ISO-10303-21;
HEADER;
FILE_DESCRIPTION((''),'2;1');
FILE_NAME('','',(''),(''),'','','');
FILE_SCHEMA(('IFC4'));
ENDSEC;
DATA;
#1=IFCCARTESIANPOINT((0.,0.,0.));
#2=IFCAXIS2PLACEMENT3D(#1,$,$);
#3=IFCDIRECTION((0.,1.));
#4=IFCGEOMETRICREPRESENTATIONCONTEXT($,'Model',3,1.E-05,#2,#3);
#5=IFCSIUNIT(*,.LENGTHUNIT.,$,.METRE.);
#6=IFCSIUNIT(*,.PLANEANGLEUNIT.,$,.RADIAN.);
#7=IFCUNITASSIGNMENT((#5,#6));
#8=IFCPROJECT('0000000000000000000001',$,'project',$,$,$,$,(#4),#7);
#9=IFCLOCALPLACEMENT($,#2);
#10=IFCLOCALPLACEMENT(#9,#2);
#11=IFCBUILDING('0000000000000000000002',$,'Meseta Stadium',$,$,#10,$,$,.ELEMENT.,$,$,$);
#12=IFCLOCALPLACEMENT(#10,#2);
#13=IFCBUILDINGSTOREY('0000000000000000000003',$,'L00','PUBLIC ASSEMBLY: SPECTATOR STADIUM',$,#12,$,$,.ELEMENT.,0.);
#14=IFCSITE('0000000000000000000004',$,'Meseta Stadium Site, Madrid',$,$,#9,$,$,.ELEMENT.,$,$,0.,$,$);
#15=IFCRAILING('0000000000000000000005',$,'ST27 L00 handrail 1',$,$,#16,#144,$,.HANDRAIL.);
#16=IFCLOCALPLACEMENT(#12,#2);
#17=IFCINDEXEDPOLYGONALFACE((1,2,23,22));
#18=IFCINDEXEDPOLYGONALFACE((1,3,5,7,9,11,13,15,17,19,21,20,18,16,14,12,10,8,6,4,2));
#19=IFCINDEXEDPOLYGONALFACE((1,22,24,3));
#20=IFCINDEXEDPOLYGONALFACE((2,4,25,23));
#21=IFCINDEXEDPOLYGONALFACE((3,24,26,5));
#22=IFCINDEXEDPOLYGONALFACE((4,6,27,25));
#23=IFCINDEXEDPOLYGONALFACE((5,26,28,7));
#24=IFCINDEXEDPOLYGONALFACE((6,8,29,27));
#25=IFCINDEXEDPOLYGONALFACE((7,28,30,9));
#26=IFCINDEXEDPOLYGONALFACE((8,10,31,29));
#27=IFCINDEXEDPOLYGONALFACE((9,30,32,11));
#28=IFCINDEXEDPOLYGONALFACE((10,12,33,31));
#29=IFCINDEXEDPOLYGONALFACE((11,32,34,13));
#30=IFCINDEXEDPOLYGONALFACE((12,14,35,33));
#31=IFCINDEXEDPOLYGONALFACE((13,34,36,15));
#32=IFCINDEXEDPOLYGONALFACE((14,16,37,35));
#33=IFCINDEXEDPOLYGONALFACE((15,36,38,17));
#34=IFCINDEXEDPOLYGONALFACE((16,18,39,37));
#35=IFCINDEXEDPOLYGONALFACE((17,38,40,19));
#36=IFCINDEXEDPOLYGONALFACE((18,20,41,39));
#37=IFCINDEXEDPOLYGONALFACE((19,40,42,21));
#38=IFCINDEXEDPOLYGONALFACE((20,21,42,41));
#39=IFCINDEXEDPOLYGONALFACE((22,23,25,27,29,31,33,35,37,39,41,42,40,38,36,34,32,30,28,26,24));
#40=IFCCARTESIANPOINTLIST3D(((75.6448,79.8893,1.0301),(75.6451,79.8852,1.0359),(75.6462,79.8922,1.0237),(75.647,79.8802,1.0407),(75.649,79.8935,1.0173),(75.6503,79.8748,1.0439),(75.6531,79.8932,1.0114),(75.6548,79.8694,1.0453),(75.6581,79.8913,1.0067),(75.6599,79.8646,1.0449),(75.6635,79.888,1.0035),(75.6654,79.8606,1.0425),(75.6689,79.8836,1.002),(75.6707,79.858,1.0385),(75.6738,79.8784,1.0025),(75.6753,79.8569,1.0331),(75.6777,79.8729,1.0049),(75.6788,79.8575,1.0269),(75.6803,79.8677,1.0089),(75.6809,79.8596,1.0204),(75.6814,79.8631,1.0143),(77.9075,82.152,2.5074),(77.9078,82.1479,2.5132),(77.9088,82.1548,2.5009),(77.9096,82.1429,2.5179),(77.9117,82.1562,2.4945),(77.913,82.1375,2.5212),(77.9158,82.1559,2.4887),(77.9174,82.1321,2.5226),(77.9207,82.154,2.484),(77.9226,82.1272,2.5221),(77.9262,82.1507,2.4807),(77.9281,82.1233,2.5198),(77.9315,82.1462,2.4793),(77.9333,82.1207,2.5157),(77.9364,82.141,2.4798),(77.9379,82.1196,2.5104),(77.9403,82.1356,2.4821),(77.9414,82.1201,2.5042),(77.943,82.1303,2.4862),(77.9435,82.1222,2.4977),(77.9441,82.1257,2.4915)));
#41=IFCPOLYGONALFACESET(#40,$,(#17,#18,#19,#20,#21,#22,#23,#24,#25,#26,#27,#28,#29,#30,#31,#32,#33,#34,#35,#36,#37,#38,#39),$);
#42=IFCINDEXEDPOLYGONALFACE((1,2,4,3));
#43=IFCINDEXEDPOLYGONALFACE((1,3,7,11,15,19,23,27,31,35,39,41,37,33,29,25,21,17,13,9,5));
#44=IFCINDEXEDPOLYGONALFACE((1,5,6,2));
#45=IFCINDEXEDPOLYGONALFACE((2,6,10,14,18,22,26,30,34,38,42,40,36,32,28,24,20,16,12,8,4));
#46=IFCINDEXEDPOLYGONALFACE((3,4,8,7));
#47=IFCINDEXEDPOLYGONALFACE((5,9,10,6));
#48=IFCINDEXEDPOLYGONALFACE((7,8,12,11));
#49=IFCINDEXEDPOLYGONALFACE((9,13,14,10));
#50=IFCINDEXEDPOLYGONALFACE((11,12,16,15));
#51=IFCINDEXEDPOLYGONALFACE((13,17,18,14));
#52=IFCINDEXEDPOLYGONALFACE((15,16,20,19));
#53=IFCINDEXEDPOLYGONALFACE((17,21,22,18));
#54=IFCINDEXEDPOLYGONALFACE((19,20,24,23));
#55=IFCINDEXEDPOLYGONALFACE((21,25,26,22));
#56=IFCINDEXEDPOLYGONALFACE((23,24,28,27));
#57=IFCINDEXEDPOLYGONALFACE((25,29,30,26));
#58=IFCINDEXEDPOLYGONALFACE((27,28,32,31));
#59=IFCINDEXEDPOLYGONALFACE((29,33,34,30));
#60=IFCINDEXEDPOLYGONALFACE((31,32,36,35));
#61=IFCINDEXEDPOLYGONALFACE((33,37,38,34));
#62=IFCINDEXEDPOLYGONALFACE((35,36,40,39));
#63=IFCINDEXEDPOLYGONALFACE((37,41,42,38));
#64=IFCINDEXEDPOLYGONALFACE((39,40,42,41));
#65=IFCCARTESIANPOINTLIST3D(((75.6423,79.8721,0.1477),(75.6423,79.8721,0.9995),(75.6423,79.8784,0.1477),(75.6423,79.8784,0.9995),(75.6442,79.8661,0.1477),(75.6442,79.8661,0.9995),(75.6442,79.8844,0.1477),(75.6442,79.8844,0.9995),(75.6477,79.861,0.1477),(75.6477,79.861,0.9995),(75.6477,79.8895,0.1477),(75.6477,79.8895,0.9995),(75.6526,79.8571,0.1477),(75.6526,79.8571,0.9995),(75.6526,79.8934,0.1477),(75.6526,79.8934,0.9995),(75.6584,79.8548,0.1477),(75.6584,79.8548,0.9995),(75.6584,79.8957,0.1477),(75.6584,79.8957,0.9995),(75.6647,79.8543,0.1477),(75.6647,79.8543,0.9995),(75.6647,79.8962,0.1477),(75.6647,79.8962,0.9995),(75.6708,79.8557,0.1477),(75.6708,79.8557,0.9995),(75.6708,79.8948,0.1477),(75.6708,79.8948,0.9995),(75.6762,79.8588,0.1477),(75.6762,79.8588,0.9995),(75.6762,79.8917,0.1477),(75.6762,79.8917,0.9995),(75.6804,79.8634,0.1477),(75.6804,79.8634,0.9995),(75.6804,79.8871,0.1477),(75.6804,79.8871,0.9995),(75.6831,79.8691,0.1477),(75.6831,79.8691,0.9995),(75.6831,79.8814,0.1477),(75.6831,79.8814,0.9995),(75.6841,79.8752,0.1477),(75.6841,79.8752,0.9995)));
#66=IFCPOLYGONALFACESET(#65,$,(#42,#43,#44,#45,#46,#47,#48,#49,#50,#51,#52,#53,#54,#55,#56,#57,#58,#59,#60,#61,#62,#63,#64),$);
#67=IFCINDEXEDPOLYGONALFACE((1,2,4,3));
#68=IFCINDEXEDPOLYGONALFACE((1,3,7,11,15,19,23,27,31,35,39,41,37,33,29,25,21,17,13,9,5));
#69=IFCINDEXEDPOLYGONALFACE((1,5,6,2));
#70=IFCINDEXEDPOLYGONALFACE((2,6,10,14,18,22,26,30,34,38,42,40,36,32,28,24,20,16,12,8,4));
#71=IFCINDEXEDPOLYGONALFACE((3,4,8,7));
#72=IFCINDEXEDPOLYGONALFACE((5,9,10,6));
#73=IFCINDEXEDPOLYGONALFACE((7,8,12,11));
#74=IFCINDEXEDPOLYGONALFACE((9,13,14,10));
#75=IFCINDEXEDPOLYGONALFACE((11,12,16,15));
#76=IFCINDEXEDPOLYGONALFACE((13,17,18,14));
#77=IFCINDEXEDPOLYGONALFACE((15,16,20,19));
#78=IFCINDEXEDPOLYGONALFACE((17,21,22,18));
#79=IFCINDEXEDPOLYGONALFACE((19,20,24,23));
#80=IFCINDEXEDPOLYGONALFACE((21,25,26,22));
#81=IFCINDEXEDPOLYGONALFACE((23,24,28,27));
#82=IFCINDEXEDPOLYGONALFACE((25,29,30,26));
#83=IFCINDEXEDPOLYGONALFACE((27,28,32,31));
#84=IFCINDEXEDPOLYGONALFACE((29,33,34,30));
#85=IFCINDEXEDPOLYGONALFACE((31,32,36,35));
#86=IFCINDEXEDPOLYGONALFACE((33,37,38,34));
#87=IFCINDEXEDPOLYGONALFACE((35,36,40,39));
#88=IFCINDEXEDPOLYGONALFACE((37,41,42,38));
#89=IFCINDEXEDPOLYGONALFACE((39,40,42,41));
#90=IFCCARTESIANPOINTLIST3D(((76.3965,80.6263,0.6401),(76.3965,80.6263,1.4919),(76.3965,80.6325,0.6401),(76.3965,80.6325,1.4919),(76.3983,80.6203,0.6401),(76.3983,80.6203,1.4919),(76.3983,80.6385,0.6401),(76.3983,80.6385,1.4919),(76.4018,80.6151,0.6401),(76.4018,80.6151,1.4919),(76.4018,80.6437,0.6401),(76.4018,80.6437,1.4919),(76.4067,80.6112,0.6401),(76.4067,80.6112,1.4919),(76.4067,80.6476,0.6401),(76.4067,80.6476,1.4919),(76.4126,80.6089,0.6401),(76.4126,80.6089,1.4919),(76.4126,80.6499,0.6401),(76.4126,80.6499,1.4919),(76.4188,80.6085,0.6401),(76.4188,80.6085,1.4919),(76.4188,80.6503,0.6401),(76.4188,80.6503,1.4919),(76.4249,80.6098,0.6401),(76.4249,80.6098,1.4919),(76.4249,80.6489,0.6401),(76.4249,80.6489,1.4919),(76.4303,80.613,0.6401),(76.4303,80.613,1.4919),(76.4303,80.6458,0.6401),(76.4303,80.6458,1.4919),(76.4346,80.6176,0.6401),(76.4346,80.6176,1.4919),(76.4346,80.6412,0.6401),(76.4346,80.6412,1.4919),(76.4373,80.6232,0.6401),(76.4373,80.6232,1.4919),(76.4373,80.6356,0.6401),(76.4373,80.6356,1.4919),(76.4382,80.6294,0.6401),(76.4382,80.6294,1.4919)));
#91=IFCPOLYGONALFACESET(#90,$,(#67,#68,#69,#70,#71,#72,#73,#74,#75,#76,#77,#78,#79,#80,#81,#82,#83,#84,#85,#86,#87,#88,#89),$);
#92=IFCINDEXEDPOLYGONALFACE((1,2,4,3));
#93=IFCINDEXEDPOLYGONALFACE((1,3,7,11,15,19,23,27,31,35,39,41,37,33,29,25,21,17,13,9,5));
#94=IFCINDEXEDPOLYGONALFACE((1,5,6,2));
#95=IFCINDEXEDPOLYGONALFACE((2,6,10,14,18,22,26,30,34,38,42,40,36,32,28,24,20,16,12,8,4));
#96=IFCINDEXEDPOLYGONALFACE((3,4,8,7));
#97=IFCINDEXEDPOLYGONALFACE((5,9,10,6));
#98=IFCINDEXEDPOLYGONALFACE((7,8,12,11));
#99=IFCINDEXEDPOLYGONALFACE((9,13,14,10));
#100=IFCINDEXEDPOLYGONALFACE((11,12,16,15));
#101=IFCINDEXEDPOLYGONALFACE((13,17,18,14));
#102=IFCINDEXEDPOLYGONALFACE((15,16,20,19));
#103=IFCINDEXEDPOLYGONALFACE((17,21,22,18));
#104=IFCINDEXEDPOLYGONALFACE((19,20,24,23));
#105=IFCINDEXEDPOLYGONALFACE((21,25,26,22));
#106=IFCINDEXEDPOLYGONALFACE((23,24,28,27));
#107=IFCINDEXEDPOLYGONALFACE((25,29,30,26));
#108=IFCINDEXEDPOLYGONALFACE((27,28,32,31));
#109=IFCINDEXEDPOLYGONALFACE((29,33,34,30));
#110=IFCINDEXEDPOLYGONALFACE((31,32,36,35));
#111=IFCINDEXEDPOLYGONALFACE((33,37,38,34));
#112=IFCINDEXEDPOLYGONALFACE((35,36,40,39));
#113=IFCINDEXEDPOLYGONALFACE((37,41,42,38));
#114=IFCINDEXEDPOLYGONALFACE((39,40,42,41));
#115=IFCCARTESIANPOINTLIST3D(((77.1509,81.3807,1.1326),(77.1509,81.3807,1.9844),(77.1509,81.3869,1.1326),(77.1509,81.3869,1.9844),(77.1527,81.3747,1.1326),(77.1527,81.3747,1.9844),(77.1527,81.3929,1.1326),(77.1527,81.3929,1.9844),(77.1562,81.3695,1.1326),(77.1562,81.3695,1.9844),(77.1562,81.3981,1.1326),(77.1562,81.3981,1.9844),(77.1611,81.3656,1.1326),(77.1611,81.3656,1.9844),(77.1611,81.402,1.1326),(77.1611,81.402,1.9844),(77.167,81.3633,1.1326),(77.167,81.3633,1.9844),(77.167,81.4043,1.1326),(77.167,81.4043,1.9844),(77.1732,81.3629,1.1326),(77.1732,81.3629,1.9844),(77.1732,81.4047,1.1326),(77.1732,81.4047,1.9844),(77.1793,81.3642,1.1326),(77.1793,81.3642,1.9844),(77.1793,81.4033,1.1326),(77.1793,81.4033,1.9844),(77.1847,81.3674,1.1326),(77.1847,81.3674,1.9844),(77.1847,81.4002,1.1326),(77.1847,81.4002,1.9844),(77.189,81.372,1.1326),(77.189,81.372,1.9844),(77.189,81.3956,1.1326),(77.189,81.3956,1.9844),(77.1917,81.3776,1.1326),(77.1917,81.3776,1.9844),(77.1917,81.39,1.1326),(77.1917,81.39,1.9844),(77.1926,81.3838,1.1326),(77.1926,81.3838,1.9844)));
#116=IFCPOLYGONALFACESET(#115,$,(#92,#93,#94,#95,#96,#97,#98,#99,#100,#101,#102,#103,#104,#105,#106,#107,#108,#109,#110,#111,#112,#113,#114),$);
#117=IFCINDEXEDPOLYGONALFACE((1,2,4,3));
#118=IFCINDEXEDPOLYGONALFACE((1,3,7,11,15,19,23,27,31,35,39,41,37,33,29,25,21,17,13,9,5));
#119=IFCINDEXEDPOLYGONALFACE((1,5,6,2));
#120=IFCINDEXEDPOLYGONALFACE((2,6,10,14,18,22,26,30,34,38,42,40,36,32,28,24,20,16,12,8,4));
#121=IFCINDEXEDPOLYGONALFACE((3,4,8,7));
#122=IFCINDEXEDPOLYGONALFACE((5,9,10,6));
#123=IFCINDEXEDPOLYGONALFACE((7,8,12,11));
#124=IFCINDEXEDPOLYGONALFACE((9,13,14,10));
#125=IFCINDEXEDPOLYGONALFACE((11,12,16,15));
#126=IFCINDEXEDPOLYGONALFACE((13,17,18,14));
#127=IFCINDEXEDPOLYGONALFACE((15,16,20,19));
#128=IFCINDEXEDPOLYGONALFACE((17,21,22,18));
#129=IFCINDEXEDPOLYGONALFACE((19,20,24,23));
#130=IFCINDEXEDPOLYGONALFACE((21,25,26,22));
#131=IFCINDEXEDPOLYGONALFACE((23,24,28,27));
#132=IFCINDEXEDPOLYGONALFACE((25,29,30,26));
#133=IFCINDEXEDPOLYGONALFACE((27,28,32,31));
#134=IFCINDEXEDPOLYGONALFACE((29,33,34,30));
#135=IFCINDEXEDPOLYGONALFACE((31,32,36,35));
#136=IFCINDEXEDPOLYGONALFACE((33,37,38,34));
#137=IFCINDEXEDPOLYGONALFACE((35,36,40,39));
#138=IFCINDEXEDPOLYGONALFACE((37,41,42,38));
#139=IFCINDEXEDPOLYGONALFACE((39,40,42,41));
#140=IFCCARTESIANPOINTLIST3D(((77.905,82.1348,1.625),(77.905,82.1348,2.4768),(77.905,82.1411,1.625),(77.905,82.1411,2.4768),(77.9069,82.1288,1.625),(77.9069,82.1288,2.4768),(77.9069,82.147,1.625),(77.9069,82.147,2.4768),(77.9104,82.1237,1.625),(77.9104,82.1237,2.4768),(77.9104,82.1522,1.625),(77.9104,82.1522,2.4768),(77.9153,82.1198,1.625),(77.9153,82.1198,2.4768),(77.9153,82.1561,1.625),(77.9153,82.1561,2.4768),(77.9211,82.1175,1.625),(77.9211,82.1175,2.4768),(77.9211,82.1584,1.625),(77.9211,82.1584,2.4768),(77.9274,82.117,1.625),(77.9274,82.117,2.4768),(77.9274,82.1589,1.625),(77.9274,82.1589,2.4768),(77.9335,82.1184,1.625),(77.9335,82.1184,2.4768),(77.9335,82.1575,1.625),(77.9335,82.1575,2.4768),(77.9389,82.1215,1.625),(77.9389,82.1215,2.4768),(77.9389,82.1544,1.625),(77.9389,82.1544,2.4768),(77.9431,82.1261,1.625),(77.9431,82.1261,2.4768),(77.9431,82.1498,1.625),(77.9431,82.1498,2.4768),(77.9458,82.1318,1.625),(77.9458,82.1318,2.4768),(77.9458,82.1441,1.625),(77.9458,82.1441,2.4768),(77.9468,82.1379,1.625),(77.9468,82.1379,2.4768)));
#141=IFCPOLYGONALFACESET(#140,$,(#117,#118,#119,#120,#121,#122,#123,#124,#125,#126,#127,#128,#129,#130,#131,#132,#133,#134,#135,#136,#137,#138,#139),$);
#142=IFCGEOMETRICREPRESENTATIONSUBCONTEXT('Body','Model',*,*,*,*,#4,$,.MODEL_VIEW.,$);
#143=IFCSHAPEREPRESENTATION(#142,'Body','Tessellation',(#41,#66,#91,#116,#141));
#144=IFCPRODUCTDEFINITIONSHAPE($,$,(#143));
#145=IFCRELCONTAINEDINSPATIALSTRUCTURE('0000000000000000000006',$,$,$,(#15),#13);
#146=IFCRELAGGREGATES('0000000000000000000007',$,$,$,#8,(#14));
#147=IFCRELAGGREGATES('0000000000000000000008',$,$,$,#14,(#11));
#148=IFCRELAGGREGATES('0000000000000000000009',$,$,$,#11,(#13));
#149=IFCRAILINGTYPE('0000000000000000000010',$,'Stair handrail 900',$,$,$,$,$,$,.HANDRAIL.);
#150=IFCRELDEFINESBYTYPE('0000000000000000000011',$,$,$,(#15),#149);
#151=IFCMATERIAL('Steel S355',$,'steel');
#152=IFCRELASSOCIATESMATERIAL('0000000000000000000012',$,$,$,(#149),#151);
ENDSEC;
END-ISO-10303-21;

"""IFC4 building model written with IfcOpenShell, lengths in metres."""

from ifc_helpers import new_model, si_unit, direction, frame, origin, origin_2d, place, context, subcontext, project, spatial, circle, extrude, material, type_object, element, save


model = new_model("IFC4")

# Units and contexts
model_context = context("Model", 3, precision=1e-05, world=origin(), true_north=direction((0.0, 1.0)))
body_context = subcontext(model_context, "Body", "Model", "MODEL_VIEW")
ifc_project = project(units=[si_unit("LENGTHUNIT", "METRE"), si_unit("PLANEANGLEUNIT", "RADIAN")], contexts=[model_context])

# Site, building, storey
site_placement = place(None, origin())
site = spatial("IfcSite", under=ifc_project, at=site_placement, Name="Meseta Stadium Site, Madrid", CompositionType="ELEMENT", RefElevation=0.0)
building_placement = place(site_placement, origin())
building = spatial("IfcBuilding", under=site, at=building_placement, Name="Meseta Stadium", CompositionType="ELEMENT")
storey_placement = place(building_placement, origin())
storey = spatial("IfcBuildingStorey", under=building, at=storey_placement, Name="L00", Description="PUBLIC ASSEMBLY: SPECTATOR STADIUM", CompositionType="ELEMENT", Elevation=0.0)

# Railing
ifc_material_1 = material(Name="Steel S355", Category="steel")
railing_type_1 = type_object("IfcRailingType", Name="Stair handrail 900", PredefinedType="HANDRAIL", material=ifc_material_1)
for number, where, name in (
    (1, (75.6631, 79.8752, 0.1477), "ST27 L00 handrail 1"),
):
    element("IfcRailing", number, at=place(storey_placement, frame(where)), inside=storey, type_object=railing_type_1, Name=name, PredefinedType="HANDRAIL", context=body_context, shape_type="SweptSolid", body=[
        extrude(circle(Radius=0.0239, at=origin_2d()), frame((0.0, 0.0, 0.876), z_axis=(0.641994, 0.641994, 0.419152), x_axis=(-0.707107, 0.707107, 0.0)), (0.0, 0.0, 1.0), 3.5244),
        extrude(circle(Radius=0.021, at=origin_2d()), origin(), (0.0, 0.0, 1.0), 0.8518),
        extrude(circle(Radius=0.021, at=origin_2d()), frame((0.7542, 0.7542, 0.4924)), (0.0, 0.0, 1.0), 0.8518),
        extrude(circle(Radius=0.021, at=origin_2d()), frame((1.5085, 1.5085, 0.9849)), (0.0, 0.0, 1.0), 0.8518),
        extrude(circle(Radius=0.021, at=origin_2d()), frame((2.2627, 2.2627, 1.4773)), (0.0, 0.0, 1.0), 0.8518),
    ])

save(model, "model.ifc")
